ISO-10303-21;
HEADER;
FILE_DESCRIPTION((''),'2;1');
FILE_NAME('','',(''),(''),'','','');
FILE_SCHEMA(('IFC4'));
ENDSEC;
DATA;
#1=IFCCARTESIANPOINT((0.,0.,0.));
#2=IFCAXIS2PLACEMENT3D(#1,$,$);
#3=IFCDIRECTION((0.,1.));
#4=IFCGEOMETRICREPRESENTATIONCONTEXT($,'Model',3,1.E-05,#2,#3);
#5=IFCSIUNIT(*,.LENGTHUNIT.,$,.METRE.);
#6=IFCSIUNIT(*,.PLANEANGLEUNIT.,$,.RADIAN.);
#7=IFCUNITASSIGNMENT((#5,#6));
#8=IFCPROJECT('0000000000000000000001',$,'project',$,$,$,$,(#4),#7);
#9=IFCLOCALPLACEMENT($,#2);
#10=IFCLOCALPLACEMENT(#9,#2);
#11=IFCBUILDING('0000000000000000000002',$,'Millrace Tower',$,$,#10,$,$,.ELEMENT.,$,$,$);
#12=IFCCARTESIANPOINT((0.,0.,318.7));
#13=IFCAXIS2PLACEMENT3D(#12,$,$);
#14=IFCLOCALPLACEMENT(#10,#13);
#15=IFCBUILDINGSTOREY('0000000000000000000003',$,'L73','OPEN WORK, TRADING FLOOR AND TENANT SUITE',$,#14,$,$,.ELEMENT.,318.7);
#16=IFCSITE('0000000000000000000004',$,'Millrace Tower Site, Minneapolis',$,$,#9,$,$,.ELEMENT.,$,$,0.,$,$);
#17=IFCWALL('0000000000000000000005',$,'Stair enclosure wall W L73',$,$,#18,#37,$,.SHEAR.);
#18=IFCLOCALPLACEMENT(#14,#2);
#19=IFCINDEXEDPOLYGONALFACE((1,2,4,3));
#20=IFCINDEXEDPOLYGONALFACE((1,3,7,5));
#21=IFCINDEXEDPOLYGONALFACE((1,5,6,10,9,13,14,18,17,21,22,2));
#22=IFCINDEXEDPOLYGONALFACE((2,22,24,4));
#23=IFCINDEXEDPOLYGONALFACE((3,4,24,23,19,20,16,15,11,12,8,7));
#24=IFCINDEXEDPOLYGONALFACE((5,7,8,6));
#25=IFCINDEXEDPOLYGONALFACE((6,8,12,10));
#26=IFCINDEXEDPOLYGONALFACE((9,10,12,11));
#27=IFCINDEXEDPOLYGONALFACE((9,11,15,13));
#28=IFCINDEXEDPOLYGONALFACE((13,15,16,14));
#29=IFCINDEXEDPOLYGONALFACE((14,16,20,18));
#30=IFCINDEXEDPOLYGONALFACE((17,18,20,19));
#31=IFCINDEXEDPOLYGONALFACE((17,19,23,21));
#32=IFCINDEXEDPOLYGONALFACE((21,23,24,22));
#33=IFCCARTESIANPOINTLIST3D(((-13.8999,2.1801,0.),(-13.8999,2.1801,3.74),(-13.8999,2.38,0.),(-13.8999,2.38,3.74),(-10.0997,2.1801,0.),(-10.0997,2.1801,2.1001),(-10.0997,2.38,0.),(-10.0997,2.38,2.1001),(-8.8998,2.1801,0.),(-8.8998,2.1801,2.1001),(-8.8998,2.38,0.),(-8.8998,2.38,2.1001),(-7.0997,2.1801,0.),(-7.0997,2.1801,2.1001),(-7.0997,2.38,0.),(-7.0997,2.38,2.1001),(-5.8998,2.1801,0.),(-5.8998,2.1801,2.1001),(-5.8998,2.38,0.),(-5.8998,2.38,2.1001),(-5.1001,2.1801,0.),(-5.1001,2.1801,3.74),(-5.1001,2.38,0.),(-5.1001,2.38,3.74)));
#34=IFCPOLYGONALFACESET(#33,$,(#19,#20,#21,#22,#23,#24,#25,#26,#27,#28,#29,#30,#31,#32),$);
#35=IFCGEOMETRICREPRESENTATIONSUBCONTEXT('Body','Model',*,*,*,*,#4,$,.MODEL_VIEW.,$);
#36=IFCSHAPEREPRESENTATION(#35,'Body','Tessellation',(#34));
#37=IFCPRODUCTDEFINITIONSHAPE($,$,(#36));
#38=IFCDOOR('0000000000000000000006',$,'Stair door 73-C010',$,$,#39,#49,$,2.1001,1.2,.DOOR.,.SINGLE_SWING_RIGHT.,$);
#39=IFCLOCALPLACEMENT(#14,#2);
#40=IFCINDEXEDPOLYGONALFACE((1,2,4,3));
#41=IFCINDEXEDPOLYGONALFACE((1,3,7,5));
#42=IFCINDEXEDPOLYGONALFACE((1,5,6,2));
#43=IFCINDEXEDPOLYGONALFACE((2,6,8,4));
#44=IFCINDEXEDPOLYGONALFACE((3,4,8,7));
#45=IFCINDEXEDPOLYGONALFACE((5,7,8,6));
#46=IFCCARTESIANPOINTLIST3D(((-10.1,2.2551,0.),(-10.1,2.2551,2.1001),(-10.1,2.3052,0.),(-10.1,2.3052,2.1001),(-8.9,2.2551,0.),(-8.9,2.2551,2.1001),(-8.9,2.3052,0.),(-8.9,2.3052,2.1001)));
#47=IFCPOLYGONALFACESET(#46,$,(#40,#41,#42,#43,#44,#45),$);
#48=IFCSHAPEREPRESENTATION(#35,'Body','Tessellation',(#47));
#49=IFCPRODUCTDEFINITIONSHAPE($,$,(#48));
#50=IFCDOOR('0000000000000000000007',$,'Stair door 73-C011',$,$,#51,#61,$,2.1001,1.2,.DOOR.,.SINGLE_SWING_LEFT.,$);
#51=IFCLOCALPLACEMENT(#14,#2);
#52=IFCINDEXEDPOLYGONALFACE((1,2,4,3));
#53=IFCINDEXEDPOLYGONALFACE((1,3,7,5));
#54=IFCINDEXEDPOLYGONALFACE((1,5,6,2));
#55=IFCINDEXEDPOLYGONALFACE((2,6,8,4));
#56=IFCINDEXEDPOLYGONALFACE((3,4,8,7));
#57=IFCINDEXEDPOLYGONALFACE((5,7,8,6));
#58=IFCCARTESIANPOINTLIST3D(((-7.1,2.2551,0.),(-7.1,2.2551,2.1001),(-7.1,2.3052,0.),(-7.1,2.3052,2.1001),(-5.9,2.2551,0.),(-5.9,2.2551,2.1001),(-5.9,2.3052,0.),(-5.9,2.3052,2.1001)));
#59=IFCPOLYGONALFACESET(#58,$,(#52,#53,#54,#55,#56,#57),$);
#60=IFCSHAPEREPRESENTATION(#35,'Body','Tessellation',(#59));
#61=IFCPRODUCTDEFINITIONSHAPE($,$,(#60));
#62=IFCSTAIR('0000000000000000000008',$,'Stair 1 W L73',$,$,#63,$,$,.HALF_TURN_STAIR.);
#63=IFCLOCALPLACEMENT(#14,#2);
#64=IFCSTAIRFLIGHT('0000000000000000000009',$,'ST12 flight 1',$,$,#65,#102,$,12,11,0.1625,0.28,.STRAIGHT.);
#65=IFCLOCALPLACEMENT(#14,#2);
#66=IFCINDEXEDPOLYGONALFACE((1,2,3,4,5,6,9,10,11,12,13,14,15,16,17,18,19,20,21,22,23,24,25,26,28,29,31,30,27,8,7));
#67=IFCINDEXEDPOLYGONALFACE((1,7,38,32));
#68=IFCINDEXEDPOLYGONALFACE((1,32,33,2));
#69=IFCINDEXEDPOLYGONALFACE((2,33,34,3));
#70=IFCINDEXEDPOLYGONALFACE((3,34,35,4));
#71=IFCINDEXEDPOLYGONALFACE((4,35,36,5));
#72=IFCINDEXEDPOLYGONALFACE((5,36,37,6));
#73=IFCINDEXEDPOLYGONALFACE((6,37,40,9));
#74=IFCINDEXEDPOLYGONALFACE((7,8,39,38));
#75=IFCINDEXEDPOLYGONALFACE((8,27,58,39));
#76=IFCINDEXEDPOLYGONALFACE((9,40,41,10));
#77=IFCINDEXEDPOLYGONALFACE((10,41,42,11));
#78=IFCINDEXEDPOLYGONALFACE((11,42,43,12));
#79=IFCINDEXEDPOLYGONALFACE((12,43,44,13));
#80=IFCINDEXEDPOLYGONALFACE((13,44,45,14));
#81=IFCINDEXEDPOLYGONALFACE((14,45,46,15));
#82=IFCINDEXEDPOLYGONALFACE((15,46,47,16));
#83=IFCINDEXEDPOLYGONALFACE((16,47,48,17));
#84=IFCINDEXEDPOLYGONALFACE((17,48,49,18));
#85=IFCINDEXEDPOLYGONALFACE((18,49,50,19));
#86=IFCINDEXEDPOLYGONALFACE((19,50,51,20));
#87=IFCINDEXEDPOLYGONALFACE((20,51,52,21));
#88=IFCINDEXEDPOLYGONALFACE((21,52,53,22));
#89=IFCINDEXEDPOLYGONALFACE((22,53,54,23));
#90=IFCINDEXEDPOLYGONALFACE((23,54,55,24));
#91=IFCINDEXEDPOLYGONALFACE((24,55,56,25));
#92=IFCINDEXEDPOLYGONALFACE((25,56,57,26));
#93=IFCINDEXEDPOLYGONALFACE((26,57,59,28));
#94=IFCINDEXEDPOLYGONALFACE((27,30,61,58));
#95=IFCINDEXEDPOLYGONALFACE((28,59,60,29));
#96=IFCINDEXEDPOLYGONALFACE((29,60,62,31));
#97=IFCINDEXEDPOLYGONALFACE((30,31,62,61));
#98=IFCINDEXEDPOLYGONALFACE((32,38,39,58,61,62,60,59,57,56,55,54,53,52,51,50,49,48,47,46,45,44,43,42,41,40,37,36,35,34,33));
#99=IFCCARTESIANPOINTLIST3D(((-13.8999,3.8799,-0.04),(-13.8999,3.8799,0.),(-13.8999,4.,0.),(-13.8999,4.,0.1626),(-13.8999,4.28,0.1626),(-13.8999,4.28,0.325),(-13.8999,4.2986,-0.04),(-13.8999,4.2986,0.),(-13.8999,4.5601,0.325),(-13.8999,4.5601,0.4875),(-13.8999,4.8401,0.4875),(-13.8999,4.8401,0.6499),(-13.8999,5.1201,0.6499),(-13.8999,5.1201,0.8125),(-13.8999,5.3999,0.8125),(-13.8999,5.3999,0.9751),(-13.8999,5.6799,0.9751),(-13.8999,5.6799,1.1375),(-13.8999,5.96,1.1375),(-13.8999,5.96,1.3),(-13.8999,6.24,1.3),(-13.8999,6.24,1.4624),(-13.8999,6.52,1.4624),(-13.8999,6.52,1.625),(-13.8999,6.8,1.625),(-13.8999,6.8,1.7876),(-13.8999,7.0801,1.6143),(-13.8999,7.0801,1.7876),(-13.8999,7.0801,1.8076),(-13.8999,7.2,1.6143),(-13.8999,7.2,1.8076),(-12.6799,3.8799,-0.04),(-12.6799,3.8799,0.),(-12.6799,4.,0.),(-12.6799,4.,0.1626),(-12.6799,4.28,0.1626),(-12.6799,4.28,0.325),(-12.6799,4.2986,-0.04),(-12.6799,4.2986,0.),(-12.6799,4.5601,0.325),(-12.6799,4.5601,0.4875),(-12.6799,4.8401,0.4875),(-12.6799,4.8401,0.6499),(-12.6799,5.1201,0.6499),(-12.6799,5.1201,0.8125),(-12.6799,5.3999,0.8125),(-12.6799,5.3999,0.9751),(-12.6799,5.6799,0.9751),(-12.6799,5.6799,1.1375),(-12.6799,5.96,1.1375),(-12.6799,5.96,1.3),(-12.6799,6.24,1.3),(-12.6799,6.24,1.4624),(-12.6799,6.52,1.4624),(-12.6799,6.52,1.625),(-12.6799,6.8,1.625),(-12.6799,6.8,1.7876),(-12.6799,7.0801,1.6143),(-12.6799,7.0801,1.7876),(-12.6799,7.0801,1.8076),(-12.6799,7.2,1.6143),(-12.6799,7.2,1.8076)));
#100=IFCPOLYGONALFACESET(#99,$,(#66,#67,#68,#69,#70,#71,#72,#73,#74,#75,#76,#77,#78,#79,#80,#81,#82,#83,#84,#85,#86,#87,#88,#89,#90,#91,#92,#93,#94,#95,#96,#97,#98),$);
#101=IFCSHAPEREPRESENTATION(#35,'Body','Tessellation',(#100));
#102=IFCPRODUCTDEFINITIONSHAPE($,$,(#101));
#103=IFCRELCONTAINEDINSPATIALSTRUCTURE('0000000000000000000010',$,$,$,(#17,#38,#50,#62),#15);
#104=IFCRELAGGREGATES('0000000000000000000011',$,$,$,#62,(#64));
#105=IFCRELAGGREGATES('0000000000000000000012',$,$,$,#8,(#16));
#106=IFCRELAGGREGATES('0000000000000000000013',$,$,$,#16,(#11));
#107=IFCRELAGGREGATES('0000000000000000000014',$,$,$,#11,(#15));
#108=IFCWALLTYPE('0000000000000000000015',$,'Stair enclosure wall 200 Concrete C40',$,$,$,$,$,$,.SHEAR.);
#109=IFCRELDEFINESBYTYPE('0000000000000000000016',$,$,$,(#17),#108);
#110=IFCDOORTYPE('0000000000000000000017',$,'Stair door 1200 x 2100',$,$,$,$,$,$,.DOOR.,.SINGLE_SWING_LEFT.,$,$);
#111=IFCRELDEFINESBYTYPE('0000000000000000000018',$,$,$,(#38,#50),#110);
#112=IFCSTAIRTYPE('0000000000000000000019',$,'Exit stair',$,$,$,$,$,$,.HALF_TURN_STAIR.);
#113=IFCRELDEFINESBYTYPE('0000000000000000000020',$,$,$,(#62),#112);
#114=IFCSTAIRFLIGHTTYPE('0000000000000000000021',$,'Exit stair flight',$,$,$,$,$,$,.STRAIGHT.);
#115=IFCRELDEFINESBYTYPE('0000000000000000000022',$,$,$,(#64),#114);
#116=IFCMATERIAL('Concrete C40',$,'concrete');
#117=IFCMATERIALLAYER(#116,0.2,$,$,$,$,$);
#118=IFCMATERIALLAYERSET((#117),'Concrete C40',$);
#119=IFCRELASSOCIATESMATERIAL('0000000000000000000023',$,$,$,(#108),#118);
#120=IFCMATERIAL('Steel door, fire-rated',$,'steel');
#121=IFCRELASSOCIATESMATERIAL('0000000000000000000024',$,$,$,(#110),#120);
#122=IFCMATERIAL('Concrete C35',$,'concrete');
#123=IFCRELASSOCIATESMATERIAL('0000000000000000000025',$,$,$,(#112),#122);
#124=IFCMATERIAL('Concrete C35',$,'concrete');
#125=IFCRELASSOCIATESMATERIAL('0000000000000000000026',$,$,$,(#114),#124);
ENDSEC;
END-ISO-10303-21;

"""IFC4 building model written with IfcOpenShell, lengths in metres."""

from ifc_helpers import new_model, si_unit, direction, frame, frame_2d, origin, place, context, subcontext, project, spatial, polyline, rectangle, outline, extrude, material, layer, layer_set, type_object, element, fill, aggregate, save


model = new_model("IFC4")

# Units and contexts
model_context = context("Model", 3, precision=1e-05, world=origin(), true_north=direction((0.0, 1.0)))
body_context = subcontext(model_context, "Body", "Model", "MODEL_VIEW")
ifc_project = project(units=[si_unit("LENGTHUNIT", "METRE"), si_unit("PLANEANGLEUNIT", "RADIAN")], contexts=[model_context])

# Site, building, storey
site_placement = place(None, origin())
site = spatial("IfcSite", under=ifc_project, at=site_placement, Name="Millrace Tower Site, Minneapolis", CompositionType="ELEMENT", RefElevation=0.0)
building_placement = place(site_placement, origin())
building = spatial("IfcBuilding", under=site, at=building_placement, Name="Millrace Tower", CompositionType="ELEMENT")
storey_placement = place(building_placement, frame((0.0, 0.0, 318.7)))
storey = spatial("IfcBuildingStorey", under=building, at=storey_placement, Name="L73", Description="OPEN WORK, TRADING FLOOR AND TENANT SUITE", CompositionType="ELEMENT", Elevation=318.7)

# Shared definitions
placement = place(storey_placement, origin())

# Shared definitions
ifc_material_1 = material(Name="Concrete C40", Category="concrete")
ifc_layer_1 = layer(ifc_material_1, 0.2)
ifc_layer_set_1 = layer_set([ifc_layer_1], Name="Concrete C40")
wall_type_1 = type_object("IfcWallType", Name="Stair enclosure wall 200 Concrete C40", PredefinedType="SHEAR", material=ifc_layer_set_1)

# Wall, openings, doors
wall_1_placement = place(storey_placement, frame((-13.8999, 2.28, 0.0), z_axis=(0.0, 0.0, 1.0), x_axis=(1.0, 0.0, 0.0)))
wall_1 = element("IfcWall", 1, at=wall_1_placement, inside=storey, type_object=wall_type_1, Name="Stair enclosure wall W L73", PredefinedType="SHEAR", context=body_context, shape_type="SweptSolid", body=[
    extrude(rectangle(XDim=8.7998, YDim=0.2, at=frame_2d((4.3999, 0.0))), origin(), (0.0, 0.0, 1.0), 3.74),
])
opening_1_placement = place(wall_1_placement, frame((3.8, 0.0, 0.0)))
opening_1 = element("IfcOpeningElement", 2, at=opening_1_placement, cuts=wall_1, PredefinedType="OPENING", context=body_context, shape_type="SweptSolid", body=[
    extrude(rectangle(XDim=1.2, YDim=2.1001, at=frame_2d((0.6001, 1.05))), frame((0.0, 0.1099, 0.0), z_axis=(0.0, -1.0, 0.0), x_axis=(1.0, 0.0, 0.0)), (0.0, 0.0, 1.0), 0.22),
])
opening_2_placement = place(wall_1_placement, frame((6.8, 0.0, 0.0)))
opening_2 = element("IfcOpeningElement", 3, at=opening_2_placement, cuts=wall_1, PredefinedType="OPENING", context=body_context, shape_type="SweptSolid", body=[
    extrude(rectangle(XDim=1.2, YDim=2.1001, at=frame_2d((0.6001, 1.05))), frame((0.0, 0.1099, 0.0), z_axis=(0.0, -1.0, 0.0), x_axis=(1.0, 0.0, 0.0)), (0.0, 0.0, 1.0), 0.22),
])
ifc_material_2 = material(Name="Steel door, fire-rated", Category="steel")
door_type_1 = type_object("IfcDoorType", Name="Stair door 1200 x 2100", OperationType="SINGLE_SWING_LEFT", PredefinedType="DOOR", material=ifc_material_2)
door_1_placement = place(opening_1_placement, frame((1.2, 0.0, 0.0), z_axis=(0.0, 0.0, 1.0), x_axis=(-1.0, 0.0, 0.0)))
door_1 = element("IfcDoor", 4, at=door_1_placement, inside=storey, type_object=door_type_1, Name="Stair door 73-C010", OperationType="SINGLE_SWING_RIGHT", OverallHeight=2.1001, OverallWidth=1.2, PredefinedType="DOOR", context=body_context, shape_type="SweptSolid", body=[
    extrude(rectangle(XDim=1.2, YDim=2.1001, at=frame_2d((0.6001, 1.05))), frame((0.0, 0.0249, 0.0), z_axis=(0.0, -1.0, 0.0), x_axis=(1.0, 0.0, 0.0)), (0.0, 0.0, 1.0), 0.05),
])
fill(opening_1, door_1)
door_2_placement = place(opening_2_placement, frame((1.2, 0.0, 0.0), z_axis=(0.0, 0.0, 1.0), x_axis=(-1.0, 0.0, 0.0)))
door_2 = element("IfcDoor", 5, at=door_2_placement, inside=storey, type_object=door_type_1, Name="Stair door 73-C011", OperationType="SINGLE_SWING_LEFT", OverallHeight=2.1001, OverallWidth=1.2, PredefinedType="DOOR", context=body_context, shape_type="SweptSolid", body=[
    extrude(rectangle(XDim=1.2, YDim=2.1001, at=frame_2d((0.6001, 1.05))), frame((0.0, 0.0249, 0.0), z_axis=(0.0, -1.0, 0.0), x_axis=(1.0, 0.0, 0.0)), (0.0, 0.0, 1.0), 0.05),
])
fill(opening_2, door_2)

# Stair, stair flight
ifc_material_3 = material(Name="Concrete C35", Category="concrete")
stair_type = type_object("IfcStairType", Name="Exit stair", PredefinedType="HALF_TURN_STAIR", material=ifc_material_3)
stair = element("IfcStair", 6, at=placement, inside=storey, type_object=stair_type, Name="Stair 1 W L73", PredefinedType="HALF_TURN_STAIR")
ifc_material_4 = material(Name="Concrete C35", Category="concrete")
stair_flight_type = type_object("IfcStairFlightType", Name="Exit stair flight", PredefinedType="STRAIGHT", material=ifc_material_4)
stair_flight_placement = place(storey_placement, frame((-13.29, 4.0, 0.0), z_axis=(0.0, 0.0, 1.0), x_axis=(0.0, 1.0, 0.0)))
stair_flight = element("IfcStairFlight", 7, at=stair_flight_placement, type_object=stair_flight_type, Name="ST12 flight 1", NumberOfRisers=12, NumberOfTreads=11, PredefinedType="STRAIGHT", RiserHeight=0.1625, TreadLength=0.28, context=body_context, shape_type="SweptSolid", body=[
    extrude(outline(polyline([(-0.1201, -0.04), (-0.1201, 0.0), (0.0, 0.0), (0.0, 0.1626), (0.28, 0.1626), (0.28, 0.325), (0.5601, 0.325), (0.5601, 0.4875), (0.8401, 0.4875), (0.8401, 0.6499), (1.1201, 0.6499), (1.1201, 0.8125), (1.3999, 0.8125), (1.3999, 0.9751), (1.6799, 0.9751), (1.6799, 1.1375), (1.96, 1.1375), (1.96, 1.3), (2.24, 1.3), (2.24, 1.4624), (2.52, 1.4624), (2.52, 1.625), (2.8, 1.625), (2.8, 1.7876), (3.0801, 1.7876), (3.0801, 1.8076), (3.2, 1.8076), (3.2, 1.6143), (3.0801, 1.6143), (0.2986, 0.0), (0.2986, -0.04), (-0.1201, -0.04)])), frame((0.0, 0.6099, 0.0), z_axis=(0.0, -1.0, 0.0), x_axis=(1.0, 0.0, 0.0)), (0.0, 0.0, 1.0), 1.22),
])
aggregate(stair, [stair_flight])

save(model, "model.ifc")
